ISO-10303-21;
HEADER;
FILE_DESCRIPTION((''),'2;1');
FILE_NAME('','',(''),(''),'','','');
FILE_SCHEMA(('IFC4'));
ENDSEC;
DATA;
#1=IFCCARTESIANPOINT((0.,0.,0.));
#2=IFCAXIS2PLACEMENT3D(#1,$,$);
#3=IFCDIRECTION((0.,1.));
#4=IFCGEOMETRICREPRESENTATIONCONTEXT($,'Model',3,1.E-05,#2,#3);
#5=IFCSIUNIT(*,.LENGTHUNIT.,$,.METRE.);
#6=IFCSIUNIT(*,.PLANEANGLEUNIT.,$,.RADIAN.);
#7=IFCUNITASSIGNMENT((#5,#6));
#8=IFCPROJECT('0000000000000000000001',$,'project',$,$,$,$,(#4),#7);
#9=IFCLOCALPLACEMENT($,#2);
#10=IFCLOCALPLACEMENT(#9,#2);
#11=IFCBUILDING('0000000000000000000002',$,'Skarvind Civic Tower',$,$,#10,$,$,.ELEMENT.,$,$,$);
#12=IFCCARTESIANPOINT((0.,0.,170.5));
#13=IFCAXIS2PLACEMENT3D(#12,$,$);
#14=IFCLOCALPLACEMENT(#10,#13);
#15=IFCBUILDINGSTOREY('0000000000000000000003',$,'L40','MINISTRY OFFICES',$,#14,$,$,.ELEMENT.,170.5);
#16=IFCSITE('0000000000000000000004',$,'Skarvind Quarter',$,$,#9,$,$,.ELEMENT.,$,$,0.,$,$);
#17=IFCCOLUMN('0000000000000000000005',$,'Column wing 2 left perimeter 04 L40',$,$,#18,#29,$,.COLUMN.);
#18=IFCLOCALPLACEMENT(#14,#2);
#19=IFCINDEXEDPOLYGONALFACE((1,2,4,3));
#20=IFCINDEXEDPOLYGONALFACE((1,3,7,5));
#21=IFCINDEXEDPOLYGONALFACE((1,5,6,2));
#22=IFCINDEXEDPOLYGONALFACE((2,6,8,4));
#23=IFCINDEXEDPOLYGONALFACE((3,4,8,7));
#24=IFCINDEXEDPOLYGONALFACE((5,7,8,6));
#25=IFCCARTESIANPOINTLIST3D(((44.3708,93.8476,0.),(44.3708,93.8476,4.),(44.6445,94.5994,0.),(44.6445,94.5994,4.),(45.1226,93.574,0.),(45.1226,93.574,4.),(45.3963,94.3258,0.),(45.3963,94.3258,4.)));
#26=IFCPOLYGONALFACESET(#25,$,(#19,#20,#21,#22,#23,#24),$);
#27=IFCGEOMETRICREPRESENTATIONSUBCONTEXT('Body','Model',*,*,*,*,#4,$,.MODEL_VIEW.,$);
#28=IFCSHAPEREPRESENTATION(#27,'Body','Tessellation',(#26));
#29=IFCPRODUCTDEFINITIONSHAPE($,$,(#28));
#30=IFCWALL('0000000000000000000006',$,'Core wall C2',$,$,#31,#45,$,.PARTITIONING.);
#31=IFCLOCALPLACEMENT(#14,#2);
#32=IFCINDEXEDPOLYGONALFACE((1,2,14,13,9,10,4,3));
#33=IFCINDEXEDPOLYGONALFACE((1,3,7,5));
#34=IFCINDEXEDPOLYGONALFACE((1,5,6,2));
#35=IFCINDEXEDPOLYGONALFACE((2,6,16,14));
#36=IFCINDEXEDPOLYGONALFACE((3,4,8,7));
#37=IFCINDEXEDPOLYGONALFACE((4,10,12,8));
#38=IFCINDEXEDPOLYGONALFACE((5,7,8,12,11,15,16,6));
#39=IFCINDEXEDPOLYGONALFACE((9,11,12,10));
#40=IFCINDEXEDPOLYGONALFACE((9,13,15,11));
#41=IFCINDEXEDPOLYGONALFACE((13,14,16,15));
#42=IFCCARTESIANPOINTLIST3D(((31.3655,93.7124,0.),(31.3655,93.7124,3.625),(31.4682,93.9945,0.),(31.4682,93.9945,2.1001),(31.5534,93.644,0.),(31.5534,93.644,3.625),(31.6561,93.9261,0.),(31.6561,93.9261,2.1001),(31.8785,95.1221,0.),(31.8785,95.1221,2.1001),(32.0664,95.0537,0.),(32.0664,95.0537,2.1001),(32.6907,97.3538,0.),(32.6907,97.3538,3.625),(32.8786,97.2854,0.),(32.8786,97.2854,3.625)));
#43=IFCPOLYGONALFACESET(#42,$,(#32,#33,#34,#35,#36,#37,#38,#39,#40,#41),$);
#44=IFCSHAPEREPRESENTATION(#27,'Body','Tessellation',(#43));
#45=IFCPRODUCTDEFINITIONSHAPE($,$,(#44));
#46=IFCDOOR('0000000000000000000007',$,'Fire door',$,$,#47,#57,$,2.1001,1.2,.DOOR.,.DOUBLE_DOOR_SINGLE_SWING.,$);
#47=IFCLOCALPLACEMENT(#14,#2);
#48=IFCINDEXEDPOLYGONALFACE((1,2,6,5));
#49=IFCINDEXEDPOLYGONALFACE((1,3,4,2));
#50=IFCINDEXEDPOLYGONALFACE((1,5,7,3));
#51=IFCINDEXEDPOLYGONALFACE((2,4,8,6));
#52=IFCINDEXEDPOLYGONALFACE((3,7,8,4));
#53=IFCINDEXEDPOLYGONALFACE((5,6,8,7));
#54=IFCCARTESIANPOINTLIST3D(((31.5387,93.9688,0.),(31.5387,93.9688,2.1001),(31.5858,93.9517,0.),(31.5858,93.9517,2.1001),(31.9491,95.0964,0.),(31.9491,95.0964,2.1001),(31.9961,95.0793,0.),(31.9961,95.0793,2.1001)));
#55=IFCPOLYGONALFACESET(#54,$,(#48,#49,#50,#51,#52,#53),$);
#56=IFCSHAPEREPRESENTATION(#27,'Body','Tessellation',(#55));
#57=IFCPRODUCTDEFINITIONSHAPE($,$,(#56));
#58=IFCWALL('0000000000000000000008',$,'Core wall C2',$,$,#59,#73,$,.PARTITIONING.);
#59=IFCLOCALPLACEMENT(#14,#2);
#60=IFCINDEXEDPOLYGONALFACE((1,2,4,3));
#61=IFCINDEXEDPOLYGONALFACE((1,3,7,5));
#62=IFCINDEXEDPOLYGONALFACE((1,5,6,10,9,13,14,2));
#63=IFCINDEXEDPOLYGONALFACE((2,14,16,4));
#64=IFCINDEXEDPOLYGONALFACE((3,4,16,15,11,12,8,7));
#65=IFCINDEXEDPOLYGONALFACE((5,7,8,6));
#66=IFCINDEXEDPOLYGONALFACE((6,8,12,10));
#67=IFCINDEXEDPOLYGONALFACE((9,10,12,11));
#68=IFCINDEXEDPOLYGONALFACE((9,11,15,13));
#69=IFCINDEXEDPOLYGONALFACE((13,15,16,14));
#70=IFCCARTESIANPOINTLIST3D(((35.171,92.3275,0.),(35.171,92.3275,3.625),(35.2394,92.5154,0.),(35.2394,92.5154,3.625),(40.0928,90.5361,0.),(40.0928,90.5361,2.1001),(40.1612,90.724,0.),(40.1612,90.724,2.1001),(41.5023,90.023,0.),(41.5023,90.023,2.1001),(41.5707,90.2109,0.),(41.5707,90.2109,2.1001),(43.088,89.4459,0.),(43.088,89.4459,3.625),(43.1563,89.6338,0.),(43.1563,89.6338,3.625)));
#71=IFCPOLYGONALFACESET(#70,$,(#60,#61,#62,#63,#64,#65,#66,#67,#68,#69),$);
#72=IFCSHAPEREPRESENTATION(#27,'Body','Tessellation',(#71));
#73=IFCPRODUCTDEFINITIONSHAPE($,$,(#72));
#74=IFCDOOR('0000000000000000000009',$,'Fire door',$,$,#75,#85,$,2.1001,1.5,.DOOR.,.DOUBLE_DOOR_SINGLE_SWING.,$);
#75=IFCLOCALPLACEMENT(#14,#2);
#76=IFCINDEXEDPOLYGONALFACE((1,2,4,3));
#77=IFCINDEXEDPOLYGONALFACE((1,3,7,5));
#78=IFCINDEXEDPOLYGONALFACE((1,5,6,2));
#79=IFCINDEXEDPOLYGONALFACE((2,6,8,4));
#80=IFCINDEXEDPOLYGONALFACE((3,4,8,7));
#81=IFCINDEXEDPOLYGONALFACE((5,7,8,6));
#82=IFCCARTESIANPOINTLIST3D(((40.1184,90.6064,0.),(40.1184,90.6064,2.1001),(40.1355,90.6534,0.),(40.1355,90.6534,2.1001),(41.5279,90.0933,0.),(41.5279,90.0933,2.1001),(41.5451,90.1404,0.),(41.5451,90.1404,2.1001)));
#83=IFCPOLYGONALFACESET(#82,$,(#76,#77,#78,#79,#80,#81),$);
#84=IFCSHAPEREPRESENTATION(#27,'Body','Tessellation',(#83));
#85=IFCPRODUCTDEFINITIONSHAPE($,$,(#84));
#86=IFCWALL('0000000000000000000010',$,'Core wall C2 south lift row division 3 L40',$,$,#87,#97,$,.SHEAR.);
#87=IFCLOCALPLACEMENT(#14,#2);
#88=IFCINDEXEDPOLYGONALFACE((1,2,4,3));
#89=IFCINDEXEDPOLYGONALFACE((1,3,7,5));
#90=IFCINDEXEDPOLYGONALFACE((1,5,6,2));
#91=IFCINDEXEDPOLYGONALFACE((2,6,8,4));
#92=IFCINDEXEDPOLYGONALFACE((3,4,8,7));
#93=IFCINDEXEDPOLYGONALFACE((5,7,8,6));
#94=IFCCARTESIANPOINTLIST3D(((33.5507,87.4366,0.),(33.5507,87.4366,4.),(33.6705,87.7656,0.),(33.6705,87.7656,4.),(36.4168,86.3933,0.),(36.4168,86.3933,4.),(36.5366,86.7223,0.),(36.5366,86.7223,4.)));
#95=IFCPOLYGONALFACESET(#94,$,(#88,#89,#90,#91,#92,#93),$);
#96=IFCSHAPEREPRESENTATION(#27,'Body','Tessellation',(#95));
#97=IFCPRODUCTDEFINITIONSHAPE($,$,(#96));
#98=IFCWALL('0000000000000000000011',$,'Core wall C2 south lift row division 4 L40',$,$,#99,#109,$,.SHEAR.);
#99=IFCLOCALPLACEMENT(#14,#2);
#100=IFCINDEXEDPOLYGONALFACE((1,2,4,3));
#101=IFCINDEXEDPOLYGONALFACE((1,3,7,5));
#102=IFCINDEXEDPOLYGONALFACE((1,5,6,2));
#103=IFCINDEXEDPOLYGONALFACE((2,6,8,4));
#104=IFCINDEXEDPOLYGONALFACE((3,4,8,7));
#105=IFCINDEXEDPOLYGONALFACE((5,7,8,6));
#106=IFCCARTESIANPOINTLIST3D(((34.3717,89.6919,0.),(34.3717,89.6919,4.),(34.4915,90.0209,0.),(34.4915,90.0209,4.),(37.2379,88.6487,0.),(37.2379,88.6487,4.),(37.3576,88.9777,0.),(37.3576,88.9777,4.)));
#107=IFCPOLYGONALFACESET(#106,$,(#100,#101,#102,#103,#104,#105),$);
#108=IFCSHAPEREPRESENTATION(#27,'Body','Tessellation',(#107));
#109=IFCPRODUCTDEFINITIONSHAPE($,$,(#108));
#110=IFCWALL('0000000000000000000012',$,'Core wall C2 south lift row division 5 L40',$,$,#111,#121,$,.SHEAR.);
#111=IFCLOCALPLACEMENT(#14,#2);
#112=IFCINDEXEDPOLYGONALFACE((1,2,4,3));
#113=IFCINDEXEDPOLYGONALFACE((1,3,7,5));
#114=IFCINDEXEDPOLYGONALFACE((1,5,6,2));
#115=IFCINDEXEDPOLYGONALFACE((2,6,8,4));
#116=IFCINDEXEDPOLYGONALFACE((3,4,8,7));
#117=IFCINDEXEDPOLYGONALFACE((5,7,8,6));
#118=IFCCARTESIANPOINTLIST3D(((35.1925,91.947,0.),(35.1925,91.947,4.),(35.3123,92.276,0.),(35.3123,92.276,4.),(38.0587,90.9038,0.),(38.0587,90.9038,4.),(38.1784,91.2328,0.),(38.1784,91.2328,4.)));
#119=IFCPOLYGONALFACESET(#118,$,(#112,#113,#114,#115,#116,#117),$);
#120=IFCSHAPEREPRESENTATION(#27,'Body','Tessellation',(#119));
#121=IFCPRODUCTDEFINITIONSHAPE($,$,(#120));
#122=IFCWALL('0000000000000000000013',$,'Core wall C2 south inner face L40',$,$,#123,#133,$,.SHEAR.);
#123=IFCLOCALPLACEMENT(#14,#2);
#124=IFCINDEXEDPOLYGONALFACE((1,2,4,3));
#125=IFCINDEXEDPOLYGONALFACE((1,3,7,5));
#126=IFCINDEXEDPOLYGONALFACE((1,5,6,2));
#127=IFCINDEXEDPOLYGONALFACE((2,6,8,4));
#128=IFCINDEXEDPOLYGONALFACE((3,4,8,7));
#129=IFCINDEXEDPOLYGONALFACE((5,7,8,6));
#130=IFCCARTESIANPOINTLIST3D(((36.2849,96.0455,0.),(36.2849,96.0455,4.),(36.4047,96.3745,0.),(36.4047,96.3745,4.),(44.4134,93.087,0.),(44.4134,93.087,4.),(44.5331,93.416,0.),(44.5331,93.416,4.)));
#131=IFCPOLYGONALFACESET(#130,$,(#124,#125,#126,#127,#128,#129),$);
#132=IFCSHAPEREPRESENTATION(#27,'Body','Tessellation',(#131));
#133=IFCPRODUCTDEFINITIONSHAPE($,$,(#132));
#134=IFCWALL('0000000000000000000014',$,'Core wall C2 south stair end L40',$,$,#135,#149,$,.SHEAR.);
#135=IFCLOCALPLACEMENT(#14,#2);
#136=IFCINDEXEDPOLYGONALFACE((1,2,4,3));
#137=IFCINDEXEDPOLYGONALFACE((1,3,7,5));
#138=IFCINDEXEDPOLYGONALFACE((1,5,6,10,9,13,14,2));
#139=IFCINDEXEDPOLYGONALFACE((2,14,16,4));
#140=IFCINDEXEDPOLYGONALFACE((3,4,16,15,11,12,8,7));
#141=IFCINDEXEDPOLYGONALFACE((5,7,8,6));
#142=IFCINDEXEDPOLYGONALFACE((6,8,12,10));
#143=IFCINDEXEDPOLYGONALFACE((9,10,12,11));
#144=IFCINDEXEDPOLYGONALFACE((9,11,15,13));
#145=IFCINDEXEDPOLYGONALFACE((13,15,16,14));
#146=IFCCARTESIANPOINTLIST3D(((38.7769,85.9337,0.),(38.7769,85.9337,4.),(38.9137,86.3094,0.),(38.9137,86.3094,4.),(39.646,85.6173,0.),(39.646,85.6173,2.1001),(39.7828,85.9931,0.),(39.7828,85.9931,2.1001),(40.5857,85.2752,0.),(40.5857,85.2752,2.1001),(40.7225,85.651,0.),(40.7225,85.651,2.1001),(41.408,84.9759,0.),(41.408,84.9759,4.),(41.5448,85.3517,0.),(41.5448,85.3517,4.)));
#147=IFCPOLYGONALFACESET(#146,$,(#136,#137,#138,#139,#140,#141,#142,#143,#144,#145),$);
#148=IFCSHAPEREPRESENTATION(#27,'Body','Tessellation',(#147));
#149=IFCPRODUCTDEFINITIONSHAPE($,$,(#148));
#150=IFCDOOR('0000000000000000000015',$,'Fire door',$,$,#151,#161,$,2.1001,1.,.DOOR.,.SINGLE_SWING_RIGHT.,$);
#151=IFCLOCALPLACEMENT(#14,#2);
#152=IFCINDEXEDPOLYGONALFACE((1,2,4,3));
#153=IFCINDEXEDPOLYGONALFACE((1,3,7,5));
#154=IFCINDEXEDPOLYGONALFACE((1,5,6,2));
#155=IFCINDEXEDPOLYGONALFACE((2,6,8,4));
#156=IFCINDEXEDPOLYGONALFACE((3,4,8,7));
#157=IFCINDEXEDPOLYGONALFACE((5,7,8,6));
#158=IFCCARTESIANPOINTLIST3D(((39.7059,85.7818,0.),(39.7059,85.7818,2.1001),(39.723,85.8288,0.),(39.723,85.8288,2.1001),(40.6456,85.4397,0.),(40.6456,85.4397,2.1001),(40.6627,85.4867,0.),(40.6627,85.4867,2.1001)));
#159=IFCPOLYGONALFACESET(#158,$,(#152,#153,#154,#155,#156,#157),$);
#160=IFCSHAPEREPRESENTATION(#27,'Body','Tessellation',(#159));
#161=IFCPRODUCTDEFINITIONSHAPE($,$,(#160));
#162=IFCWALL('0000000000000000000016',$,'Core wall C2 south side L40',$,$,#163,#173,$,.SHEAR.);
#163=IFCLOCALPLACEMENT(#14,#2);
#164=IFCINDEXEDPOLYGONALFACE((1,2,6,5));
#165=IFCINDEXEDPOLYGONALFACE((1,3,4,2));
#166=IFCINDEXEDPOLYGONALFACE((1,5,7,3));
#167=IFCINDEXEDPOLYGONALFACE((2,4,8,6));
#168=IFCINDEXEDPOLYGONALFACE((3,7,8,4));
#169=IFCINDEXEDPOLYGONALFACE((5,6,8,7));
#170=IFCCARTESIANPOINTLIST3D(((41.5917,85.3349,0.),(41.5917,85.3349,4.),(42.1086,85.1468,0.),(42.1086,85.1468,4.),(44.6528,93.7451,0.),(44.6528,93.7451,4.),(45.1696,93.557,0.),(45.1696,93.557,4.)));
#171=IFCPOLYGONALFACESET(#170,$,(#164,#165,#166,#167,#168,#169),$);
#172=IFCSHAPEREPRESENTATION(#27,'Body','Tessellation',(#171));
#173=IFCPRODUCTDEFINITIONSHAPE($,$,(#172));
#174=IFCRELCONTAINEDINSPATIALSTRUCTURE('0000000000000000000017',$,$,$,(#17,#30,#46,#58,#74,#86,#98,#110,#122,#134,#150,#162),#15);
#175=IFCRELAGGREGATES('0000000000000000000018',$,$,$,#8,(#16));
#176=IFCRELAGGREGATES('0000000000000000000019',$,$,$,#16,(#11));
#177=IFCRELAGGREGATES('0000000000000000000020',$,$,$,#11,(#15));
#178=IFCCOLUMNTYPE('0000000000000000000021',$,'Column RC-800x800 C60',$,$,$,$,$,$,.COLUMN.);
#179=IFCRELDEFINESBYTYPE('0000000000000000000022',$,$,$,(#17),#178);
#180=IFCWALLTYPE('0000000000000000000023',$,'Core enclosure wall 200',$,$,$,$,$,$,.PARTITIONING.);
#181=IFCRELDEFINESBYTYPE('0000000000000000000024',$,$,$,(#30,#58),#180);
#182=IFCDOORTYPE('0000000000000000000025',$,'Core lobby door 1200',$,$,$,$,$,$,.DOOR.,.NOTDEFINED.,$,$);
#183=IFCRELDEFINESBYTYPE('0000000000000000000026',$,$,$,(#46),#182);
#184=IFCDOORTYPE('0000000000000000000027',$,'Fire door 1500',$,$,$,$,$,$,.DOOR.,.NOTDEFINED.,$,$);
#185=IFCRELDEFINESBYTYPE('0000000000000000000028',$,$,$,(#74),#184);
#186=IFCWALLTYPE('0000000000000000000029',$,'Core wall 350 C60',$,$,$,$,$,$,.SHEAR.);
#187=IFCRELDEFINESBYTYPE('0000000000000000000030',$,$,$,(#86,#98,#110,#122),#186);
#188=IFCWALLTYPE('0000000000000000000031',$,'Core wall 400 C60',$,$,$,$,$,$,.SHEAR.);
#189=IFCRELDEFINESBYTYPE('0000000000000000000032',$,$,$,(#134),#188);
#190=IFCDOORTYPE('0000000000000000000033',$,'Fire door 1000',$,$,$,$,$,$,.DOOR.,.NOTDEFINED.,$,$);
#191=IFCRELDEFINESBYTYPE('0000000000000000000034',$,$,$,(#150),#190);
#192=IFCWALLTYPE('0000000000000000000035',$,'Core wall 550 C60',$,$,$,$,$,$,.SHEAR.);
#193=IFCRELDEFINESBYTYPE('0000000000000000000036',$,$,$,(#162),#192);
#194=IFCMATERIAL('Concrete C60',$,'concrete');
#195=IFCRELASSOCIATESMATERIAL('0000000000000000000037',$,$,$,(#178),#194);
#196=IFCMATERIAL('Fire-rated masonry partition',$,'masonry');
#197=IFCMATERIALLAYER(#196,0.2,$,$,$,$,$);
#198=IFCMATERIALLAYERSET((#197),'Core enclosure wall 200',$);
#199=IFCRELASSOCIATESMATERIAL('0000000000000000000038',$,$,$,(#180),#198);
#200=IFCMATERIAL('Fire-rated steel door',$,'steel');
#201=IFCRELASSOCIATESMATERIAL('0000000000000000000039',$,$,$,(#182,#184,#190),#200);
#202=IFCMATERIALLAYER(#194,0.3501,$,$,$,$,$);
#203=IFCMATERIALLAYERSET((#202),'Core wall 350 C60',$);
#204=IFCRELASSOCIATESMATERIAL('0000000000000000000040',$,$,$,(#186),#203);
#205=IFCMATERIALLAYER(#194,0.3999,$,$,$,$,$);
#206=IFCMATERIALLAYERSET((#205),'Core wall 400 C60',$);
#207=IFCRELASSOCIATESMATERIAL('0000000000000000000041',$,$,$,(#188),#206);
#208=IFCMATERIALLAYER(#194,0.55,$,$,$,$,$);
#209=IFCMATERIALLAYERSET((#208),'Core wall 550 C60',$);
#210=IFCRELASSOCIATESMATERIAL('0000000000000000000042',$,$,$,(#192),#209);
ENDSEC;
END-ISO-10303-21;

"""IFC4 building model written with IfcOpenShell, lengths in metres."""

from ifc_helpers import new_model, si_unit, direction, frame, frame_2d, origin, origin_2d, place, context, subcontext, project, spatial, rectangle, extrude, material, layer, layer_set, material_profile, profile_set, type_object, element, fill, save


model = new_model("IFC4")

# Units and contexts
model_context = context("Model", 3, precision=1e-05, world=origin(), true_north=direction((0.0, 1.0)))
body_context = subcontext(model_context, "Body", "Model", "MODEL_VIEW")
ifc_project = project(units=[si_unit("LENGTHUNIT", "METRE"), si_unit("PLANEANGLEUNIT", "RADIAN")], contexts=[model_context])

# Site, building, storey
site_placement = place(None, origin())
site = spatial("IfcSite", under=ifc_project, at=site_placement, Name="Skarvind Quarter", CompositionType="ELEMENT", RefElevation=0.0)
building_placement = place(site_placement, origin())
building = spatial("IfcBuilding", under=site, at=building_placement, Name="Skarvind Civic Tower", CompositionType="ELEMENT")
storey_placement = place(building_placement, frame((0.0, 0.0, 170.5)))
storey = spatial("IfcBuildingStorey", under=building, at=storey_placement, Name="L40", Description="MINISTRY OFFICES", CompositionType="ELEMENT", Elevation=170.5)

# Column
ifc_material_1 = material(Name="Concrete C60", Category="concrete")
ifc_material_profile = material_profile(ifc_material_1, rectangle(XDim=0.8, YDim=0.8, at=origin_2d()), Name="RC-800x800")
ifc_profile_set = profile_set([ifc_material_profile], Name="Concrete C60")
column_type = type_object("IfcColumnType", Name="Column RC-800x800 C60", PredefinedType="COLUMN", material=ifc_profile_set)
column_placement = place(storey_placement, frame((44.8835, 94.0867, 0.0), z_axis=(0.0, 0.0, 1.0), x_axis=(-0.34202, -0.939693, 0.0)))
element("IfcColumn", 1, at=column_placement, inside=storey, type_object=column_type, Name="Column wing 2 left perimeter 04 L40", PredefinedType="COLUMN", context=body_context, shape_type="SweptSolid", body=[
    extrude(rectangle(XDim=0.8, YDim=0.8, at=origin_2d()), origin(), (0.0, 0.0, 1.0), 4.0),
])

# Walls, openings, doors
ifc_material_2 = material(Name="Fire-rated masonry partition", Category="masonry")
ifc_layer_1 = layer(ifc_material_2, 0.2)
ifc_layer_set_1 = layer_set([ifc_layer_1], Name="Core enclosure wall 200")
wall_type_1 = type_object("IfcWallType", Name="Core enclosure wall 200", PredefinedType="PARTITIONING", material=ifc_layer_set_1)
wall_1_placement = place(storey_placement, frame((31.4595, 93.6782, 0.0), z_axis=(0.0, 0.0, 1.0), x_axis=(0.341986, 0.939705, 0.0)))
wall_1 = element("IfcWall", 2, at=wall_1_placement, inside=storey, type_object=wall_type_1, Name="Core wall C2", PredefinedType="PARTITIONING", context=body_context, shape_type="SweptSolid", body=[
    extrude(rectangle(XDim=3.875, YDim=0.2, at=frame_2d((1.9375, 0.0))), origin(), (0.0, 0.0, 1.0), 3.625),
])
opening_1_placement = place(wall_1_placement, frame((0.3, 0.0, 0.0)))
opening_1 = element("IfcOpeningElement", 3, at=opening_1_placement, cuts=wall_1, PredefinedType="OPENING", context=body_context, shape_type="SweptSolid", body=[
    extrude(rectangle(XDim=1.2, YDim=2.1001, at=frame_2d((0.6001, 1.05))), frame((0.0, 0.1099, 0.0), z_axis=(0.0, -1.0, 0.0), x_axis=(1.0, 0.0, 0.0)), (0.0, 0.0, 1.0), 0.22),
])
ifc_material_3 = material(Name="Fire-rated steel door", Category="steel")
door_type_1 = type_object("IfcDoorType", Name="Core lobby door 1200", OperationType="NOTDEFINED", PredefinedType="DOOR", material=ifc_material_3)
door_1_placement = place(opening_1_placement, origin())
door_1 = element("IfcDoor", 4, at=door_1_placement, inside=storey, type_object=door_type_1, Name="Fire door", OperationType="DOUBLE_DOOR_SINGLE_SWING", OverallHeight=2.1001, OverallWidth=1.2, PredefinedType="DOOR", context=body_context, shape_type="SweptSolid", body=[
    extrude(rectangle(XDim=1.2, YDim=2.1001, at=frame_2d((0.6001, 1.05))), frame((0.0, 0.0249, 0.0), z_axis=(0.0, -1.0, 0.0), x_axis=(1.0, 0.0, 0.0)), (0.0, 0.0, 1.0), 0.05),
])
fill(opening_1, door_1)
wall_2_placement = place(storey_placement, frame((35.2053, 92.4214, 0.0), z_axis=(0.0, 0.0, 1.0), x_axis=(0.939691, -0.342025, 0.0)))
wall_2 = element("IfcWall", 5, at=wall_2_placement, inside=storey, type_object=wall_type_1, Name="Core wall C2", PredefinedType="PARTITIONING", context=body_context, shape_type="SweptSolid", body=[
    extrude(rectangle(XDim=8.425, YDim=0.2, at=frame_2d((4.2124, 0.0))), origin(), (0.0, 0.0, 1.0), 3.625),
])
opening_2_placement = place(wall_2_placement, frame((5.2375, 0.0, 0.0)))
opening_2 = element("IfcOpeningElement", 6, at=opening_2_placement, cuts=wall_2, PredefinedType="OPENING", context=body_context, shape_type="SweptSolid", body=[
    extrude(rectangle(XDim=1.5, YDim=2.1001, at=frame_2d((0.75, 1.05))), frame((0.0, 0.1099, 0.0), z_axis=(0.0, -1.0, 0.0), x_axis=(1.0, 0.0, 0.0)), (0.0, 0.0, 1.0), 0.22),
])
door_type_2 = type_object("IfcDoorType", Name="Fire door 1500", OperationType="NOTDEFINED", PredefinedType="DOOR", material=ifc_material_3)
door_2_placement = place(opening_2_placement, origin())
door_2 = element("IfcDoor", 7, at=door_2_placement, inside=storey, type_object=door_type_2, Name="Fire door", OperationType="DOUBLE_DOOR_SINGLE_SWING", OverallHeight=2.1001, OverallWidth=1.5, PredefinedType="DOOR", context=body_context, shape_type="SweptSolid", body=[
    extrude(rectangle(XDim=1.5, YDim=2.1001, at=frame_2d((0.75, 1.05))), frame((0.0, 0.0249, 0.0), z_axis=(0.0, -1.0, 0.0), x_axis=(1.0, 0.0, 0.0)), (0.0, 0.0, 1.0), 0.05),
])
fill(opening_2, door_2)

# Walls
ifc_layer_2 = layer(ifc_material_1, 0.3501)
ifc_layer_set_2 = layer_set([ifc_layer_2], Name="Core wall 350 C60")
wall_type_2 = type_object("IfcWallType", Name="Core wall 350 C60", PredefinedType="SHEAR", material=ifc_layer_set_2)
for number, where, z_axis, x_axis, name in (
    (8, (36.4766, 86.5579, 0.0), (0.0, 0.0, 1.0), (-0.939684, 0.342045, 0.0), "Core wall C2 south lift row division 3 L40"),
    (9, (37.2976, 88.8132, 0.0), (0.0, 0.0, 1.0), (-0.939693, 0.342019, 0.0), "Core wall C2 south lift row division 4 L40"),
    (10, (38.1184, 91.0684, 0.0), (0.0, 0.0, 1.0), (-0.939693, 0.342019, 0.0), "Core wall C2 south lift row division 5 L40"),
):
    element("IfcWall", number, at=place(storey_placement, frame(where, z_axis=z_axis, x_axis=x_axis)), inside=storey, type_object=wall_type_2, Name=name, PredefinedType="SHEAR", context=body_context, shape_type="SweptSolid", body=[
        extrude(rectangle(XDim=3.05, YDim=0.3501, at=frame_2d((1.5249, 0.0))), origin(), (0.0, 0.0, 1.0), 4.0),
    ])
wall_3_placement = place(storey_placement, frame((44.4734, 93.2515, 0.0), z_axis=(0.0, 0.0, 1.0), x_axis=(-0.939693, 0.34202, 0.0)))
element("IfcWall", 11, at=wall_3_placement, inside=storey, type_object=wall_type_2, Name="Core wall C2 south inner face L40", PredefinedType="SHEAR", context=body_context, shape_type="SweptSolid", body=[
    extrude(rectangle(XDim=8.6501, YDim=0.3501, at=frame_2d((4.3252, 0.0))), origin(), (0.0, 0.0, 1.0), 4.0),
])

# Wall, opening, door
ifc_layer_3 = layer(ifc_material_1, 0.3999)
ifc_layer_set_3 = layer_set([ifc_layer_3], Name="Core wall 400 C60")
wall_type_3 = type_object("IfcWallType", Name="Core wall 400 C60", PredefinedType="SHEAR", material=ifc_layer_set_3)
wall_4_placement = place(storey_placement, frame((41.4763, 85.1638, 0.0), z_axis=(0.0, 0.0, 1.0), x_axis=(-0.939679, 0.342058, 0.0)))
wall_4 = element("IfcWall", 12, at=wall_4_placement, inside=storey, type_object=wall_type_3, Name="Core wall C2 south stair end L40", PredefinedType="SHEAR", context=body_context, shape_type="SweptSolid", body=[
    extrude(rectangle(XDim=2.8, YDim=0.3999, at=frame_2d((1.3999, 0.0))), origin(), (0.0, 0.0, 1.0), 4.0),
])
opening_3_placement = place(wall_4_placement, frame((0.875, 0.0, 0.0)))
opening_3 = element("IfcOpeningElement", 13, at=opening_3_placement, cuts=wall_4, PredefinedType="OPENING", context=body_context, shape_type="SweptSolid", body=[
    extrude(rectangle(XDim=1.0, YDim=2.1001, at=frame_2d((0.5, 1.05))), frame((0.0, 0.21, 0.0), z_axis=(0.0, -1.0, 0.0), x_axis=(1.0, 0.0, 0.0)), (0.0, 0.0, 1.0), 0.4199),
])
door_type_3 = type_object("IfcDoorType", Name="Fire door 1000", OperationType="NOTDEFINED", PredefinedType="DOOR", material=ifc_material_3)
door_3_placement = place(opening_3_placement, origin())
door_3 = element("IfcDoor", 14, at=door_3_placement, inside=storey, type_object=door_type_3, Name="Fire door", OperationType="SINGLE_SWING_RIGHT", OverallHeight=2.1001, OverallWidth=1.0, PredefinedType="DOOR", context=body_context, shape_type="SweptSolid", body=[
    extrude(rectangle(XDim=1.0, YDim=2.1001, at=frame_2d((0.5, 1.05))), frame((0.0, 0.0249, 0.0), z_axis=(0.0, -1.0, 0.0), x_axis=(1.0, 0.0, 0.0)), (0.0, 0.0, 1.0), 0.05),
])
fill(opening_3, door_3)

# Wall
ifc_layer_4 = layer(ifc_material_1, 0.55)
ifc_layer_set_4 = layer_set([ifc_layer_4], Name="Core wall 550 C60")
wall_type_4 = type_object("IfcWallType", Name="Core wall 550 C60", PredefinedType="SHEAR", material=ifc_layer_set_4)
wall_5_placement = place(storey_placement, frame((41.8501, 85.2407, 0.0), z_axis=(0.0, 0.0, 1.0), x_axis=(0.342019, 0.939693, 0.0)))
element("IfcWall", 15, at=wall_5_placement, inside=storey, type_object=wall_type_4, Name="Core wall C2 south side L40", PredefinedType="SHEAR", context=body_context, shape_type="SweptSolid", body=[
    extrude(rectangle(XDim=8.95, YDim=0.55, at=frame_2d((4.4751, 0.0))), origin(), (0.0, 0.0, 1.0), 4.0),
])

save(model, "model.ifc")
